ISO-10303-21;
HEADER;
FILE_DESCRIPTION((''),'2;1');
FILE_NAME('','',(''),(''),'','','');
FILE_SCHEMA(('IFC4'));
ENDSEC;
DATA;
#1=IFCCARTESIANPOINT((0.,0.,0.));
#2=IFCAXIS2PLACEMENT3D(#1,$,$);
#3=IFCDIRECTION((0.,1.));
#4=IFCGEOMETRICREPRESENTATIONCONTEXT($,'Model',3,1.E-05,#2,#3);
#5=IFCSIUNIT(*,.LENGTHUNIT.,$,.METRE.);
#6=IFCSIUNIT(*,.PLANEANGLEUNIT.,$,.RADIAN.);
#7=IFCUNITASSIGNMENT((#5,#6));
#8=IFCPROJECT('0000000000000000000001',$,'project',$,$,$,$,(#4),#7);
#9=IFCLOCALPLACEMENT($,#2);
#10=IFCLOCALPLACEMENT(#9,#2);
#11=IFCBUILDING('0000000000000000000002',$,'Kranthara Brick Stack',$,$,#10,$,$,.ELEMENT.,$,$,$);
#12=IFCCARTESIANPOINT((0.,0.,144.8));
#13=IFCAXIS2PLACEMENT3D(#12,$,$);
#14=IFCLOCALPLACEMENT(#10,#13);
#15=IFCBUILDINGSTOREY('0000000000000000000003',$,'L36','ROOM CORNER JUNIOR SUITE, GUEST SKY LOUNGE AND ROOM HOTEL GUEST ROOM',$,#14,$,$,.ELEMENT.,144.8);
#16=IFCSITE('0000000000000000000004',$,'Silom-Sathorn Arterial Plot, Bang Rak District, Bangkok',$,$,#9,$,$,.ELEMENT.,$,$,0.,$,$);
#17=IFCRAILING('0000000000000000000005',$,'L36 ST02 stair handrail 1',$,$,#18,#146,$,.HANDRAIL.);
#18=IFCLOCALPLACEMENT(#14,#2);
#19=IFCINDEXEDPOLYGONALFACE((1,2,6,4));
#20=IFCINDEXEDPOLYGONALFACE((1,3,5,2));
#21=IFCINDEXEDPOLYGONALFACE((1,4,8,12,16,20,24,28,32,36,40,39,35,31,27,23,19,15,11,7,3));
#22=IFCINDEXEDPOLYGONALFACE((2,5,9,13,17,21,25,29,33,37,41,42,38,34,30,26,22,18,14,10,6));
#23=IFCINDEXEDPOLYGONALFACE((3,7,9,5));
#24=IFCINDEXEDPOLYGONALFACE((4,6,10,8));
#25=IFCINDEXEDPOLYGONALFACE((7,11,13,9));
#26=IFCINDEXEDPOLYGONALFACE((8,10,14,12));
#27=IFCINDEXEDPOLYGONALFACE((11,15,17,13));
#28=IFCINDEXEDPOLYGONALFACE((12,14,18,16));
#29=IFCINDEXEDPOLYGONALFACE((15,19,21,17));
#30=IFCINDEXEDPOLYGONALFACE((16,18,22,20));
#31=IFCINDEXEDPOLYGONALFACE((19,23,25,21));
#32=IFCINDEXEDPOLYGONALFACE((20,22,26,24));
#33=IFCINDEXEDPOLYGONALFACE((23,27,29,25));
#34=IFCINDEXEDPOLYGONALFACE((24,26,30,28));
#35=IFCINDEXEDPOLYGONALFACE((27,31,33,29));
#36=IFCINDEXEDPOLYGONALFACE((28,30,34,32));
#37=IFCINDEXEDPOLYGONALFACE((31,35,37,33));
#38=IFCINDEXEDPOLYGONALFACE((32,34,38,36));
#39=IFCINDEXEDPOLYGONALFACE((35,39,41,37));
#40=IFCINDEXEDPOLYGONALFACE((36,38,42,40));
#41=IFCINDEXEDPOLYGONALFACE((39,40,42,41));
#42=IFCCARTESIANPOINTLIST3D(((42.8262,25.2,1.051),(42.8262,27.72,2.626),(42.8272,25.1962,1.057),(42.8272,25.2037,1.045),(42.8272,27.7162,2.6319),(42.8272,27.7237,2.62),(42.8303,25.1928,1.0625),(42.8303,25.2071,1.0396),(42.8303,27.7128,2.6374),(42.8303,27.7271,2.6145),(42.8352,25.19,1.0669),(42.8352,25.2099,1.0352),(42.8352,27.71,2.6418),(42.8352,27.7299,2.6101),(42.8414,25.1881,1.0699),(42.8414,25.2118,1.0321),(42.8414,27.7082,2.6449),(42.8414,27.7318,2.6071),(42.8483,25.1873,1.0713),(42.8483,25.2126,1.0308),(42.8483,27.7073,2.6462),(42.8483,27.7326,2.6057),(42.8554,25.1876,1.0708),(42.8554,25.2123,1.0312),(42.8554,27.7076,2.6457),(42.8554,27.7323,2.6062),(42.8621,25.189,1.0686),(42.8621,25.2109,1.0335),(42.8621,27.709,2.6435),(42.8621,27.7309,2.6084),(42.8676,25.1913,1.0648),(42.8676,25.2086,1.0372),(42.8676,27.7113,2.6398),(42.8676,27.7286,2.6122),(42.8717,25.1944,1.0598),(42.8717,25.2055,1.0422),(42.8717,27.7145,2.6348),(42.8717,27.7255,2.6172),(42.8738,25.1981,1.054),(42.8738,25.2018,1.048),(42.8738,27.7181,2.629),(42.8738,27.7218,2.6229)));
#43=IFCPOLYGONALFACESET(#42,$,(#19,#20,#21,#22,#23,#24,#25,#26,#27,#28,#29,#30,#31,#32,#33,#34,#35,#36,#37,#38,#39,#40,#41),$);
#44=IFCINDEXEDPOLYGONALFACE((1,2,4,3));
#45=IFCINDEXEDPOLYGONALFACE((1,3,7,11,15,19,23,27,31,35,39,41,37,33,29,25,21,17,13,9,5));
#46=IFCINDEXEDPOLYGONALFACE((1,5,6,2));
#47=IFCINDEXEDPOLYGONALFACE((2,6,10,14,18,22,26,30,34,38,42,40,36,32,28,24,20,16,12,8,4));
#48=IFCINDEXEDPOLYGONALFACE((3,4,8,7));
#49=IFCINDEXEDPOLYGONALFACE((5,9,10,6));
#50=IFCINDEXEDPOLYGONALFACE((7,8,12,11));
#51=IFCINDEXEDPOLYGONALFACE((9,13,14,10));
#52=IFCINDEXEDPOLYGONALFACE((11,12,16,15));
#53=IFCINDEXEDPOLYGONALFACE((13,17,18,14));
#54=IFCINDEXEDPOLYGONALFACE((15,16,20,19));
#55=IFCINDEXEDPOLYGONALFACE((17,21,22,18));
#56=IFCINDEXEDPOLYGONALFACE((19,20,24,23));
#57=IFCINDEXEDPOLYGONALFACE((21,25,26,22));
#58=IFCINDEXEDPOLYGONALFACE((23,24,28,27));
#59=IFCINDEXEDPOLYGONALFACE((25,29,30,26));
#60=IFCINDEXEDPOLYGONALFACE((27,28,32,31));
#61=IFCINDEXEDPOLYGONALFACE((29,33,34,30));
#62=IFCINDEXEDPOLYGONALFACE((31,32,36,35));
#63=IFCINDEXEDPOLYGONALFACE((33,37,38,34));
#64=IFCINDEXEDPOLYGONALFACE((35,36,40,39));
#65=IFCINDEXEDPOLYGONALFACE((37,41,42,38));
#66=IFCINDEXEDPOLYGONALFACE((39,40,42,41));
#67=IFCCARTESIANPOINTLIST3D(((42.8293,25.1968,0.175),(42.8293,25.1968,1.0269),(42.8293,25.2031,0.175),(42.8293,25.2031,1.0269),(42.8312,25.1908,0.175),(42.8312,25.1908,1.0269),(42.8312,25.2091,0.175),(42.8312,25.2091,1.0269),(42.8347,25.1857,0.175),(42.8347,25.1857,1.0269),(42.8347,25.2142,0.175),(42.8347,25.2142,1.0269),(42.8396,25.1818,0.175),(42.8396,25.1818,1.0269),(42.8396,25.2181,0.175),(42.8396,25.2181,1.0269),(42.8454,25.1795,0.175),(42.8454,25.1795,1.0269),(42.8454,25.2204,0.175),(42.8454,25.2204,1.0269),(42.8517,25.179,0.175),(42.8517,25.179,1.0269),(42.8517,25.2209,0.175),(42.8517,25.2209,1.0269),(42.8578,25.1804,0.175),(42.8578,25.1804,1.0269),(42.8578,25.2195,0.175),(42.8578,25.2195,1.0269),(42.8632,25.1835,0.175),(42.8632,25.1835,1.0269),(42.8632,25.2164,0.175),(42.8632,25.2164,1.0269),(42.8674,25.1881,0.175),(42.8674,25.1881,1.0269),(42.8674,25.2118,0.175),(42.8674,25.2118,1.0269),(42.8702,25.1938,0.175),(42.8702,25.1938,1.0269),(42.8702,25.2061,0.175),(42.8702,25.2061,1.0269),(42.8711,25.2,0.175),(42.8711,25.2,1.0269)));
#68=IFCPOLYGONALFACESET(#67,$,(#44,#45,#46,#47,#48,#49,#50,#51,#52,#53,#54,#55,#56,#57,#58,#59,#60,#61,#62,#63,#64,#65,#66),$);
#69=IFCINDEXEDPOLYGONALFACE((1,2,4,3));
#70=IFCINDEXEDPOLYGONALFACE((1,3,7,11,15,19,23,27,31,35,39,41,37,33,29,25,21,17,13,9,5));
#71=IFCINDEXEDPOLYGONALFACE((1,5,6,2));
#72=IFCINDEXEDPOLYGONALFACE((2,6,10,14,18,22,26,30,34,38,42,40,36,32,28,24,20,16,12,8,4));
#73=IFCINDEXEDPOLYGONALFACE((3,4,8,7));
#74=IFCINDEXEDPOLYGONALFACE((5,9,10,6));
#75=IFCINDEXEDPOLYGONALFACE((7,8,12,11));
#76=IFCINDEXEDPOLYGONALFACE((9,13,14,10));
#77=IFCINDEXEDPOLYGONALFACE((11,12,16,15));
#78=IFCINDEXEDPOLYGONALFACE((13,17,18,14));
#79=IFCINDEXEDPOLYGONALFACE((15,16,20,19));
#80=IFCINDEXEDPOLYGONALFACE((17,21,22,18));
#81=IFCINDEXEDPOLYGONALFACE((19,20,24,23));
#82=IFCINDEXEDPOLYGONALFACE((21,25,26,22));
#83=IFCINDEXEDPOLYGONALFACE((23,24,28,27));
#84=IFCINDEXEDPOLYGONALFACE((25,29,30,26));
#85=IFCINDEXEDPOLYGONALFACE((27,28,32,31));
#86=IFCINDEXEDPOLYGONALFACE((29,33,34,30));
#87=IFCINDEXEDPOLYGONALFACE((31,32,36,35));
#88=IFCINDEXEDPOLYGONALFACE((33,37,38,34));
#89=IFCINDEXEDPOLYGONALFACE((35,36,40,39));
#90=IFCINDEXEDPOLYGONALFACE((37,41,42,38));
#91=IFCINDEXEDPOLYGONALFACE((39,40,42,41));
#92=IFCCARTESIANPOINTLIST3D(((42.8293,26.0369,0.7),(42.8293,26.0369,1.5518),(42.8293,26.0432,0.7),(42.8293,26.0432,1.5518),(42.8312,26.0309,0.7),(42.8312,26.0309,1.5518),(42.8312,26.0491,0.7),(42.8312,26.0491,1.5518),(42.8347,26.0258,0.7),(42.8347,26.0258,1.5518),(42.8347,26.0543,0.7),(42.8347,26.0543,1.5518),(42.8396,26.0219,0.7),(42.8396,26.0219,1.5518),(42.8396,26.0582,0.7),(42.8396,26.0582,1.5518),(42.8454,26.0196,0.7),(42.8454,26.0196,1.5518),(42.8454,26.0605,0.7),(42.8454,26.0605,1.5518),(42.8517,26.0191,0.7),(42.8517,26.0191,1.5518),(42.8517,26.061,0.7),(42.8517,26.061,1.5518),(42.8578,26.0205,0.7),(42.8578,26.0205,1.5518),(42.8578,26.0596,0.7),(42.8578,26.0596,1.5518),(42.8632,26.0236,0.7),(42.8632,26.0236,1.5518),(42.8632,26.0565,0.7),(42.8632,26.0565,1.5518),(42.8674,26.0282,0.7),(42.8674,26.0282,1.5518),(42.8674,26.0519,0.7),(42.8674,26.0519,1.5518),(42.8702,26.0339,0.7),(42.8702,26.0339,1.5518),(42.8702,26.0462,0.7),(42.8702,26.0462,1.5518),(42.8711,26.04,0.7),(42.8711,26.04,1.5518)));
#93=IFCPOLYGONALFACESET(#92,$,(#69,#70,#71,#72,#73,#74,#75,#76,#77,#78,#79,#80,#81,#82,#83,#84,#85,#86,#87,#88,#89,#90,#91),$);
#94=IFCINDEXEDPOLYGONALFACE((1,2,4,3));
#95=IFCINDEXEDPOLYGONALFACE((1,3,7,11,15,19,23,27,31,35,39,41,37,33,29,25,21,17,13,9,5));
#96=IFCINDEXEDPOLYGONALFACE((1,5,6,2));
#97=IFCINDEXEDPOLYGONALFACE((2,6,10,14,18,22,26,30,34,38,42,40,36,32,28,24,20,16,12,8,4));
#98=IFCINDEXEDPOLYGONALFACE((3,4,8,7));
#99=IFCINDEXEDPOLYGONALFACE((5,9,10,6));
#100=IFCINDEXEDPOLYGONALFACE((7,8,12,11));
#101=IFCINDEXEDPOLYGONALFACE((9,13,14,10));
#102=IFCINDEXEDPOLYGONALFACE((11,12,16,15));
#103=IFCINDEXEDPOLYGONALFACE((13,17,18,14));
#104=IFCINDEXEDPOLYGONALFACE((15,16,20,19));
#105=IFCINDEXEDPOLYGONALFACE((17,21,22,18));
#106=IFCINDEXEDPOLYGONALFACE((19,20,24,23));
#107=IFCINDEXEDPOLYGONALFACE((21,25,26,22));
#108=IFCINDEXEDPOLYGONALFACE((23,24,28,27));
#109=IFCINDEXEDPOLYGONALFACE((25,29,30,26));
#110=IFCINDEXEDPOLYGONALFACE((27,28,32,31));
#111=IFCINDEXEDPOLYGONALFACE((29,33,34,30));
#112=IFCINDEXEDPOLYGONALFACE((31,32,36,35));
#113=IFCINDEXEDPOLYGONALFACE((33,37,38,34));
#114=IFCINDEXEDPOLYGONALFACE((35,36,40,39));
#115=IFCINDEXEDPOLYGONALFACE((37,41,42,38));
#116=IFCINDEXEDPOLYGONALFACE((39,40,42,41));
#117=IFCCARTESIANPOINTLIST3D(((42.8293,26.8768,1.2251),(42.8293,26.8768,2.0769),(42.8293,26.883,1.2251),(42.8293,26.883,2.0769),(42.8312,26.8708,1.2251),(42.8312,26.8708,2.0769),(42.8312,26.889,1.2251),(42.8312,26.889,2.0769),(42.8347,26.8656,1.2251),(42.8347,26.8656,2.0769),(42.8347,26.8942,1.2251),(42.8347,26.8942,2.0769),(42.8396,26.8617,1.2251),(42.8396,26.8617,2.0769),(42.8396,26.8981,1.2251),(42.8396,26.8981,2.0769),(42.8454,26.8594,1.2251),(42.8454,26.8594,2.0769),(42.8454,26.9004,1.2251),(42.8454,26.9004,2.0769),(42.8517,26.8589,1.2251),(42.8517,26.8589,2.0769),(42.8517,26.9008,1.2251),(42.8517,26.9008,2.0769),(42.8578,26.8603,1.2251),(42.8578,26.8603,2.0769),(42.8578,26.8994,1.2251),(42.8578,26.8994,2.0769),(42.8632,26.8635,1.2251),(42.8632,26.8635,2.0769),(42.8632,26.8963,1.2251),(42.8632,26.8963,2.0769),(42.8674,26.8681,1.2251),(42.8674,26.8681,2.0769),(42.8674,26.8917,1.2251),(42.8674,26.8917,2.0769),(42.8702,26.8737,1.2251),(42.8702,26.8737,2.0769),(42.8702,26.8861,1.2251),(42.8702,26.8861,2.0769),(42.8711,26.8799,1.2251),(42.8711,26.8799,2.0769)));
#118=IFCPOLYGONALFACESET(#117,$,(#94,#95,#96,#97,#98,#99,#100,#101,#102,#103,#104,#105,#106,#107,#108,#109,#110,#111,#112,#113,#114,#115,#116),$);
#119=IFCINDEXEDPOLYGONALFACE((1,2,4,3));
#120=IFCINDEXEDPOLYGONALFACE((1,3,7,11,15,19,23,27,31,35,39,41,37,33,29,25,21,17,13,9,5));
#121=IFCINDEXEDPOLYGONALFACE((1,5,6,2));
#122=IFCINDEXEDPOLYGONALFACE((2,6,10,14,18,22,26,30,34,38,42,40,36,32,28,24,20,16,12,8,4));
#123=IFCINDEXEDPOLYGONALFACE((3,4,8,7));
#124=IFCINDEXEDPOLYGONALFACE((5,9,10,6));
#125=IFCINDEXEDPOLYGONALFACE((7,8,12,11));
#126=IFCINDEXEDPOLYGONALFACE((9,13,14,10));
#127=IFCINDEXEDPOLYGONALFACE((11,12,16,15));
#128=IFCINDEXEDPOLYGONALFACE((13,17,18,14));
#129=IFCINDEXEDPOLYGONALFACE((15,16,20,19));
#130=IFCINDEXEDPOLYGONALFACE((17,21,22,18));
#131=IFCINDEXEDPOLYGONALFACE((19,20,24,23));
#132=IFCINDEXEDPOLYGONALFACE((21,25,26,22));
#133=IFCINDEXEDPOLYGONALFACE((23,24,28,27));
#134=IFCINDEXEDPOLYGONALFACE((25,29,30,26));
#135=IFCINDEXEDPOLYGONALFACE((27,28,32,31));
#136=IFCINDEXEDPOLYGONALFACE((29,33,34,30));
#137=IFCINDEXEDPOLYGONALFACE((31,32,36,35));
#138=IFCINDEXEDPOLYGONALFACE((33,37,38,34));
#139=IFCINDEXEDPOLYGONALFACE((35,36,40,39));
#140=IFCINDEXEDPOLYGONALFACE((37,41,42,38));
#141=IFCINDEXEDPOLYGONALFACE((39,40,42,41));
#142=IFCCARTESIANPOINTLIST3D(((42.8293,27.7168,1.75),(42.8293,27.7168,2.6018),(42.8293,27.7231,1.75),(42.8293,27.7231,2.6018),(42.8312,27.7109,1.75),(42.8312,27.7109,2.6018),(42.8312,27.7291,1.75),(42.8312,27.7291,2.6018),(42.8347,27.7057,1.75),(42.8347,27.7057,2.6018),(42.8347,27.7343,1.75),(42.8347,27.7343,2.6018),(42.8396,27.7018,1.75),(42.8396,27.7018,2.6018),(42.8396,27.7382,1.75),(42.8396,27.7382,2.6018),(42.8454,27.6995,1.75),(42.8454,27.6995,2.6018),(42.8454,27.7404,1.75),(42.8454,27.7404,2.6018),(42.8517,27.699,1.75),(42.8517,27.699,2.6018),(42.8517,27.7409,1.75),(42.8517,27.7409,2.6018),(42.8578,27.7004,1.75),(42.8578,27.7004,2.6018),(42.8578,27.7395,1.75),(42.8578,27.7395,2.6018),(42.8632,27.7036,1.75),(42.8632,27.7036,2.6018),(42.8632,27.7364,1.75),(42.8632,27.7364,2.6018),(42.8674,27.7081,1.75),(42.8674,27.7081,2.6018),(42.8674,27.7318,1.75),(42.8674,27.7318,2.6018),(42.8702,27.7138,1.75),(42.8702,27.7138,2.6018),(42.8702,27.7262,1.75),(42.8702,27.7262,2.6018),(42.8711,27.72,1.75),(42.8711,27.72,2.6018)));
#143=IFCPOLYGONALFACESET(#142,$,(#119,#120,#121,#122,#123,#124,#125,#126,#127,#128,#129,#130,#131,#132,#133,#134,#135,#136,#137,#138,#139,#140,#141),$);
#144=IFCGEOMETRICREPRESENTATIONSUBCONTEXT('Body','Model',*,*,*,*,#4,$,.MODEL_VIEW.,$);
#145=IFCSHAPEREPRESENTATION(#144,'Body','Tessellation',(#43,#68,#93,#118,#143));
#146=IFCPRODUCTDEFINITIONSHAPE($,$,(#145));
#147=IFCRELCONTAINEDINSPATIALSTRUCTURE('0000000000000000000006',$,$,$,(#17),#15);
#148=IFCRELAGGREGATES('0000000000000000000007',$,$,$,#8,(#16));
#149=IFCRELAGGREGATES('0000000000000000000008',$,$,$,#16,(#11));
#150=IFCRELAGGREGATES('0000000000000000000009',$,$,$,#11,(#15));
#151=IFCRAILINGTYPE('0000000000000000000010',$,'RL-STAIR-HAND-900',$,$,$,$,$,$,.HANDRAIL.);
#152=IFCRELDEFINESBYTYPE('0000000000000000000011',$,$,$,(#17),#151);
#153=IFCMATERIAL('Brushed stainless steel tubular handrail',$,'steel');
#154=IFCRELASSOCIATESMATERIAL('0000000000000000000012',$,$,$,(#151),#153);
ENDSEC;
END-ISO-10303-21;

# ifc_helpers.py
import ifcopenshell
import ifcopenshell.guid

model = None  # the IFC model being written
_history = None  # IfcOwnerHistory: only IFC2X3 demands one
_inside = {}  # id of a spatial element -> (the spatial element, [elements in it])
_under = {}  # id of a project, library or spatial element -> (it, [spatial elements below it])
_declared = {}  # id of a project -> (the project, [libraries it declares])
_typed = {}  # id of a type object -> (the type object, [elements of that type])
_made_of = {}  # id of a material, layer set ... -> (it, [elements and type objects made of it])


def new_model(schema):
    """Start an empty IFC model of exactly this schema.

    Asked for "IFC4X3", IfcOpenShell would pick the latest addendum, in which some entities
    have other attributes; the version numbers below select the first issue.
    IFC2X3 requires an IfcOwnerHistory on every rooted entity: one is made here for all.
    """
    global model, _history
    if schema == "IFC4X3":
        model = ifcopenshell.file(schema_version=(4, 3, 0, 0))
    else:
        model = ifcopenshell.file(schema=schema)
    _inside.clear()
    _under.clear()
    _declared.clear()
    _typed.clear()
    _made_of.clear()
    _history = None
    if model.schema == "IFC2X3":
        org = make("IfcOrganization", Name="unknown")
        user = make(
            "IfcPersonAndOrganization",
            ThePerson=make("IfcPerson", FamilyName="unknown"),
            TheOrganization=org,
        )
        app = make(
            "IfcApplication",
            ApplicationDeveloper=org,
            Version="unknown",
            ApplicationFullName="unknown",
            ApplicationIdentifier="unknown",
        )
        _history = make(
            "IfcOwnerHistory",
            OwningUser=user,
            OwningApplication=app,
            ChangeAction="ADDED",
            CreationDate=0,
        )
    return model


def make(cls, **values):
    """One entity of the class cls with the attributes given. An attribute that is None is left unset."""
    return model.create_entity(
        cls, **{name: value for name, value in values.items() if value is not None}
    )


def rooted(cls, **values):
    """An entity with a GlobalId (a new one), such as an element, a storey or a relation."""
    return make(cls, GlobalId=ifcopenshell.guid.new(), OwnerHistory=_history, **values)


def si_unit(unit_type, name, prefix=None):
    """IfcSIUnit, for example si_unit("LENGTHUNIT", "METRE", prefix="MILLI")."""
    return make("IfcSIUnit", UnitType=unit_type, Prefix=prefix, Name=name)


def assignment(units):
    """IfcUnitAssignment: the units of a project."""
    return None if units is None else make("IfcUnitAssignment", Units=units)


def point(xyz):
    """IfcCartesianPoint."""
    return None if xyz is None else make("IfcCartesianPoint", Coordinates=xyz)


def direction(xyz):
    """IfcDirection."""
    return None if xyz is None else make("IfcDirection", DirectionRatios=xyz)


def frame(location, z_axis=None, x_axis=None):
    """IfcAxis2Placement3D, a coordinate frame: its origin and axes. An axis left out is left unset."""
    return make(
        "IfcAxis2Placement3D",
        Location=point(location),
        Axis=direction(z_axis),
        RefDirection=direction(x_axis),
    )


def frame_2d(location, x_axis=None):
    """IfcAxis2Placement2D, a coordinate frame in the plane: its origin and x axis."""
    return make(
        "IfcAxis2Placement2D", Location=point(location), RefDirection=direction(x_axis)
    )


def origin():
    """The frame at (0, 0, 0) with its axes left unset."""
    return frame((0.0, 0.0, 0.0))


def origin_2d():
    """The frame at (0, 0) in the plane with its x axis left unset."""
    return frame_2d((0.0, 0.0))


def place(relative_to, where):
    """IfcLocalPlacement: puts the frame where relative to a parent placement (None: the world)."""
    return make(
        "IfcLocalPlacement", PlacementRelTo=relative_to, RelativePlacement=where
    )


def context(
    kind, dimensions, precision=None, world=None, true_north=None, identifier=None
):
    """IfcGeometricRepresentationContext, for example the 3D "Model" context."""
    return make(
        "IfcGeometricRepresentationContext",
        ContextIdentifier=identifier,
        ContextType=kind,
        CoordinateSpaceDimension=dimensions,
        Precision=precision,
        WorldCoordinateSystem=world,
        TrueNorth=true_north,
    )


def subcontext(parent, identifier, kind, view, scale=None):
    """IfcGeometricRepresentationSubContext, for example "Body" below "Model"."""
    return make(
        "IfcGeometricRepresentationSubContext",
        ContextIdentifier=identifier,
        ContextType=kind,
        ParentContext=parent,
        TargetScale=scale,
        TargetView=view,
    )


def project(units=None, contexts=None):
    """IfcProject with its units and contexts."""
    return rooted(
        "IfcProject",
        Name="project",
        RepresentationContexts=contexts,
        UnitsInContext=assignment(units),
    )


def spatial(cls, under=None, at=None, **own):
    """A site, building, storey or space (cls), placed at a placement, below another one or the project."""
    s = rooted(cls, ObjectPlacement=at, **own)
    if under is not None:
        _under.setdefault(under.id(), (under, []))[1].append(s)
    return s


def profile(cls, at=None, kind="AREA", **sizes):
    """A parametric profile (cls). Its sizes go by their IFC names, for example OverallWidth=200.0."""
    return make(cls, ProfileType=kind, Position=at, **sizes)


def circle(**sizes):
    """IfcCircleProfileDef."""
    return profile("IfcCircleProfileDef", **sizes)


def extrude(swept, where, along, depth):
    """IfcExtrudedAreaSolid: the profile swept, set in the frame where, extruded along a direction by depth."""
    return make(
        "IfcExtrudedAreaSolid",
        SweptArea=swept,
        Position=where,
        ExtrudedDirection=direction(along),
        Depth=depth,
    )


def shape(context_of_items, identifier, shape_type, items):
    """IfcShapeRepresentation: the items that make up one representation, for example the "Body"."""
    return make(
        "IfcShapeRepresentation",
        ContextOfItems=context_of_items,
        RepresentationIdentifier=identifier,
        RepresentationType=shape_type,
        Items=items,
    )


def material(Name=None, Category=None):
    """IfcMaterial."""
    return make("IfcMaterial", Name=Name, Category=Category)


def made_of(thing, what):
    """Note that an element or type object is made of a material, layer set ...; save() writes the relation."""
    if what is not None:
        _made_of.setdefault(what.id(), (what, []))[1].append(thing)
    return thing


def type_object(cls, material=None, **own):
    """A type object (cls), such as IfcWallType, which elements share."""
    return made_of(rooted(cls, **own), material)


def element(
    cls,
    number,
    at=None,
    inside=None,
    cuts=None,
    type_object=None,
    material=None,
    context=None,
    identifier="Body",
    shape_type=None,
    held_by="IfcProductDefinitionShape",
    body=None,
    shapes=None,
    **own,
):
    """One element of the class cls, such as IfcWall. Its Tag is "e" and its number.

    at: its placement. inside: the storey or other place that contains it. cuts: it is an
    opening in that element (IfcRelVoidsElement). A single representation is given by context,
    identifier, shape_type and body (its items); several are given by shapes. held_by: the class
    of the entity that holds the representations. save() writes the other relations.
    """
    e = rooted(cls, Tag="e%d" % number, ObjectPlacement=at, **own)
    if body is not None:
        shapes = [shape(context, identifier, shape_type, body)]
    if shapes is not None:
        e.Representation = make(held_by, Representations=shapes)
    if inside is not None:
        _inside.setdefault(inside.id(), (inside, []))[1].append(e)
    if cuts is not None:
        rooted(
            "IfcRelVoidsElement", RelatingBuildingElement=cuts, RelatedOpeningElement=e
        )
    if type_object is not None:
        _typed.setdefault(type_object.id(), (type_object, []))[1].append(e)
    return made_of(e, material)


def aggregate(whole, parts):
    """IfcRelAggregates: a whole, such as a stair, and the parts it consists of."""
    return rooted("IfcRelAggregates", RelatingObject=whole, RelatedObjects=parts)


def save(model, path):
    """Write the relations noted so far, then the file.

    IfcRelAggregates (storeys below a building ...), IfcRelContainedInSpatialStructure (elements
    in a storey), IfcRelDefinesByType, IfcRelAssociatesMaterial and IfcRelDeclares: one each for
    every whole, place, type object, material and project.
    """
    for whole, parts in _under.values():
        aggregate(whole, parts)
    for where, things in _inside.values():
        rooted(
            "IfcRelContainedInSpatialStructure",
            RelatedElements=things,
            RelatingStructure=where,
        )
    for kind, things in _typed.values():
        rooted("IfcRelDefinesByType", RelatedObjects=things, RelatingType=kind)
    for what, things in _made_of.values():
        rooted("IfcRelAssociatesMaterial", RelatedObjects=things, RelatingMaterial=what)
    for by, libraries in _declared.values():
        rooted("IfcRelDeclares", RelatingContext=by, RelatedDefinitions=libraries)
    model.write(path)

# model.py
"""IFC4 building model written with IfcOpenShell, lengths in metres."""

from ifc_helpers import new_model, si_unit, direction, frame, origin, origin_2d, place, context, subcontext, project, spatial, circle, extrude, material, type_object, element, save


model = new_model("IFC4")

# Units and contexts
model_context = context("Model", 3, precision=1e-05, world=origin(), true_north=direction((0.0, 1.0)))
body_context = subcontext(model_context, "Body", "Model", "MODEL_VIEW")
ifc_project = project(units=[si_unit("LENGTHUNIT", "METRE"), si_unit("PLANEANGLEUNIT", "RADIAN")], contexts=[model_context])

# Site, building, storey
site_placement = place(None, origin())
site = spatial("IfcSite", under=ifc_project, at=site_placement, Name="Silom-Sathorn Arterial Plot, Bang Rak District, Bangkok", CompositionType="ELEMENT", RefElevation=0.0)
building_placement = place(site_placement, origin())
building = spatial("IfcBuilding", under=site, at=building_placement, Name="Kranthara Brick Stack", CompositionType="ELEMENT")
storey_placement = place(building_placement, frame((0.0, 0.0, 144.8)))
storey = spatial("IfcBuildingStorey", under=building, at=storey_placement, Name="L36", Description="ROOM CORNER JUNIOR SUITE, GUEST SKY LOUNGE AND ROOM HOTEL GUEST ROOM", CompositionType="ELEMENT", Elevation=144.8)

# Railing
ifc_material_1 = material(Name="Brushed stainless steel tubular handrail", Category="steel")
railing_type_1 = type_object("IfcRailingType", Name="RL-STAIR-HAND-900", PredefinedType="HANDRAIL", material=ifc_material_1)
railing_1_placement = place(storey_placement, frame((42.8501, 25.2, 0.175)))
element("IfcRailing", 1, at=railing_1_placement, inside=storey, type_object=railing_type_1, Name="L36 ST02 stair handrail 1", PredefinedType="HANDRAIL", context=body_context, shape_type="SweptSolid", body=[
    extrude(circle(Radius=0.0239, at=origin_2d()), frame((0.0, 0.0, 0.876), z_axis=(0.0, 0.848008, 0.529984), x_axis=(-1.0, 0.0, 0.0)), (0.0, 0.0, 1.0), 2.9717),
    extrude(circle(Radius=0.021, at=origin_2d()), origin(), (0.0, 0.0, 1.0), 0.8518),
    extrude(circle(Radius=0.021, at=origin_2d()), frame((0.0, 0.8401, 0.5249)), (0.0, 0.0, 1.0), 0.8518),
    extrude(circle(Radius=0.021, at=origin_2d()), frame((0.0, 1.6799, 1.05)), (0.0, 0.0, 1.0), 0.8518),
    extrude(circle(Radius=0.021, at=origin_2d()), frame((0.0, 2.52, 1.575)), (0.0, 0.0, 1.0), 0.8518),
])

save(model, "model.ifc")
